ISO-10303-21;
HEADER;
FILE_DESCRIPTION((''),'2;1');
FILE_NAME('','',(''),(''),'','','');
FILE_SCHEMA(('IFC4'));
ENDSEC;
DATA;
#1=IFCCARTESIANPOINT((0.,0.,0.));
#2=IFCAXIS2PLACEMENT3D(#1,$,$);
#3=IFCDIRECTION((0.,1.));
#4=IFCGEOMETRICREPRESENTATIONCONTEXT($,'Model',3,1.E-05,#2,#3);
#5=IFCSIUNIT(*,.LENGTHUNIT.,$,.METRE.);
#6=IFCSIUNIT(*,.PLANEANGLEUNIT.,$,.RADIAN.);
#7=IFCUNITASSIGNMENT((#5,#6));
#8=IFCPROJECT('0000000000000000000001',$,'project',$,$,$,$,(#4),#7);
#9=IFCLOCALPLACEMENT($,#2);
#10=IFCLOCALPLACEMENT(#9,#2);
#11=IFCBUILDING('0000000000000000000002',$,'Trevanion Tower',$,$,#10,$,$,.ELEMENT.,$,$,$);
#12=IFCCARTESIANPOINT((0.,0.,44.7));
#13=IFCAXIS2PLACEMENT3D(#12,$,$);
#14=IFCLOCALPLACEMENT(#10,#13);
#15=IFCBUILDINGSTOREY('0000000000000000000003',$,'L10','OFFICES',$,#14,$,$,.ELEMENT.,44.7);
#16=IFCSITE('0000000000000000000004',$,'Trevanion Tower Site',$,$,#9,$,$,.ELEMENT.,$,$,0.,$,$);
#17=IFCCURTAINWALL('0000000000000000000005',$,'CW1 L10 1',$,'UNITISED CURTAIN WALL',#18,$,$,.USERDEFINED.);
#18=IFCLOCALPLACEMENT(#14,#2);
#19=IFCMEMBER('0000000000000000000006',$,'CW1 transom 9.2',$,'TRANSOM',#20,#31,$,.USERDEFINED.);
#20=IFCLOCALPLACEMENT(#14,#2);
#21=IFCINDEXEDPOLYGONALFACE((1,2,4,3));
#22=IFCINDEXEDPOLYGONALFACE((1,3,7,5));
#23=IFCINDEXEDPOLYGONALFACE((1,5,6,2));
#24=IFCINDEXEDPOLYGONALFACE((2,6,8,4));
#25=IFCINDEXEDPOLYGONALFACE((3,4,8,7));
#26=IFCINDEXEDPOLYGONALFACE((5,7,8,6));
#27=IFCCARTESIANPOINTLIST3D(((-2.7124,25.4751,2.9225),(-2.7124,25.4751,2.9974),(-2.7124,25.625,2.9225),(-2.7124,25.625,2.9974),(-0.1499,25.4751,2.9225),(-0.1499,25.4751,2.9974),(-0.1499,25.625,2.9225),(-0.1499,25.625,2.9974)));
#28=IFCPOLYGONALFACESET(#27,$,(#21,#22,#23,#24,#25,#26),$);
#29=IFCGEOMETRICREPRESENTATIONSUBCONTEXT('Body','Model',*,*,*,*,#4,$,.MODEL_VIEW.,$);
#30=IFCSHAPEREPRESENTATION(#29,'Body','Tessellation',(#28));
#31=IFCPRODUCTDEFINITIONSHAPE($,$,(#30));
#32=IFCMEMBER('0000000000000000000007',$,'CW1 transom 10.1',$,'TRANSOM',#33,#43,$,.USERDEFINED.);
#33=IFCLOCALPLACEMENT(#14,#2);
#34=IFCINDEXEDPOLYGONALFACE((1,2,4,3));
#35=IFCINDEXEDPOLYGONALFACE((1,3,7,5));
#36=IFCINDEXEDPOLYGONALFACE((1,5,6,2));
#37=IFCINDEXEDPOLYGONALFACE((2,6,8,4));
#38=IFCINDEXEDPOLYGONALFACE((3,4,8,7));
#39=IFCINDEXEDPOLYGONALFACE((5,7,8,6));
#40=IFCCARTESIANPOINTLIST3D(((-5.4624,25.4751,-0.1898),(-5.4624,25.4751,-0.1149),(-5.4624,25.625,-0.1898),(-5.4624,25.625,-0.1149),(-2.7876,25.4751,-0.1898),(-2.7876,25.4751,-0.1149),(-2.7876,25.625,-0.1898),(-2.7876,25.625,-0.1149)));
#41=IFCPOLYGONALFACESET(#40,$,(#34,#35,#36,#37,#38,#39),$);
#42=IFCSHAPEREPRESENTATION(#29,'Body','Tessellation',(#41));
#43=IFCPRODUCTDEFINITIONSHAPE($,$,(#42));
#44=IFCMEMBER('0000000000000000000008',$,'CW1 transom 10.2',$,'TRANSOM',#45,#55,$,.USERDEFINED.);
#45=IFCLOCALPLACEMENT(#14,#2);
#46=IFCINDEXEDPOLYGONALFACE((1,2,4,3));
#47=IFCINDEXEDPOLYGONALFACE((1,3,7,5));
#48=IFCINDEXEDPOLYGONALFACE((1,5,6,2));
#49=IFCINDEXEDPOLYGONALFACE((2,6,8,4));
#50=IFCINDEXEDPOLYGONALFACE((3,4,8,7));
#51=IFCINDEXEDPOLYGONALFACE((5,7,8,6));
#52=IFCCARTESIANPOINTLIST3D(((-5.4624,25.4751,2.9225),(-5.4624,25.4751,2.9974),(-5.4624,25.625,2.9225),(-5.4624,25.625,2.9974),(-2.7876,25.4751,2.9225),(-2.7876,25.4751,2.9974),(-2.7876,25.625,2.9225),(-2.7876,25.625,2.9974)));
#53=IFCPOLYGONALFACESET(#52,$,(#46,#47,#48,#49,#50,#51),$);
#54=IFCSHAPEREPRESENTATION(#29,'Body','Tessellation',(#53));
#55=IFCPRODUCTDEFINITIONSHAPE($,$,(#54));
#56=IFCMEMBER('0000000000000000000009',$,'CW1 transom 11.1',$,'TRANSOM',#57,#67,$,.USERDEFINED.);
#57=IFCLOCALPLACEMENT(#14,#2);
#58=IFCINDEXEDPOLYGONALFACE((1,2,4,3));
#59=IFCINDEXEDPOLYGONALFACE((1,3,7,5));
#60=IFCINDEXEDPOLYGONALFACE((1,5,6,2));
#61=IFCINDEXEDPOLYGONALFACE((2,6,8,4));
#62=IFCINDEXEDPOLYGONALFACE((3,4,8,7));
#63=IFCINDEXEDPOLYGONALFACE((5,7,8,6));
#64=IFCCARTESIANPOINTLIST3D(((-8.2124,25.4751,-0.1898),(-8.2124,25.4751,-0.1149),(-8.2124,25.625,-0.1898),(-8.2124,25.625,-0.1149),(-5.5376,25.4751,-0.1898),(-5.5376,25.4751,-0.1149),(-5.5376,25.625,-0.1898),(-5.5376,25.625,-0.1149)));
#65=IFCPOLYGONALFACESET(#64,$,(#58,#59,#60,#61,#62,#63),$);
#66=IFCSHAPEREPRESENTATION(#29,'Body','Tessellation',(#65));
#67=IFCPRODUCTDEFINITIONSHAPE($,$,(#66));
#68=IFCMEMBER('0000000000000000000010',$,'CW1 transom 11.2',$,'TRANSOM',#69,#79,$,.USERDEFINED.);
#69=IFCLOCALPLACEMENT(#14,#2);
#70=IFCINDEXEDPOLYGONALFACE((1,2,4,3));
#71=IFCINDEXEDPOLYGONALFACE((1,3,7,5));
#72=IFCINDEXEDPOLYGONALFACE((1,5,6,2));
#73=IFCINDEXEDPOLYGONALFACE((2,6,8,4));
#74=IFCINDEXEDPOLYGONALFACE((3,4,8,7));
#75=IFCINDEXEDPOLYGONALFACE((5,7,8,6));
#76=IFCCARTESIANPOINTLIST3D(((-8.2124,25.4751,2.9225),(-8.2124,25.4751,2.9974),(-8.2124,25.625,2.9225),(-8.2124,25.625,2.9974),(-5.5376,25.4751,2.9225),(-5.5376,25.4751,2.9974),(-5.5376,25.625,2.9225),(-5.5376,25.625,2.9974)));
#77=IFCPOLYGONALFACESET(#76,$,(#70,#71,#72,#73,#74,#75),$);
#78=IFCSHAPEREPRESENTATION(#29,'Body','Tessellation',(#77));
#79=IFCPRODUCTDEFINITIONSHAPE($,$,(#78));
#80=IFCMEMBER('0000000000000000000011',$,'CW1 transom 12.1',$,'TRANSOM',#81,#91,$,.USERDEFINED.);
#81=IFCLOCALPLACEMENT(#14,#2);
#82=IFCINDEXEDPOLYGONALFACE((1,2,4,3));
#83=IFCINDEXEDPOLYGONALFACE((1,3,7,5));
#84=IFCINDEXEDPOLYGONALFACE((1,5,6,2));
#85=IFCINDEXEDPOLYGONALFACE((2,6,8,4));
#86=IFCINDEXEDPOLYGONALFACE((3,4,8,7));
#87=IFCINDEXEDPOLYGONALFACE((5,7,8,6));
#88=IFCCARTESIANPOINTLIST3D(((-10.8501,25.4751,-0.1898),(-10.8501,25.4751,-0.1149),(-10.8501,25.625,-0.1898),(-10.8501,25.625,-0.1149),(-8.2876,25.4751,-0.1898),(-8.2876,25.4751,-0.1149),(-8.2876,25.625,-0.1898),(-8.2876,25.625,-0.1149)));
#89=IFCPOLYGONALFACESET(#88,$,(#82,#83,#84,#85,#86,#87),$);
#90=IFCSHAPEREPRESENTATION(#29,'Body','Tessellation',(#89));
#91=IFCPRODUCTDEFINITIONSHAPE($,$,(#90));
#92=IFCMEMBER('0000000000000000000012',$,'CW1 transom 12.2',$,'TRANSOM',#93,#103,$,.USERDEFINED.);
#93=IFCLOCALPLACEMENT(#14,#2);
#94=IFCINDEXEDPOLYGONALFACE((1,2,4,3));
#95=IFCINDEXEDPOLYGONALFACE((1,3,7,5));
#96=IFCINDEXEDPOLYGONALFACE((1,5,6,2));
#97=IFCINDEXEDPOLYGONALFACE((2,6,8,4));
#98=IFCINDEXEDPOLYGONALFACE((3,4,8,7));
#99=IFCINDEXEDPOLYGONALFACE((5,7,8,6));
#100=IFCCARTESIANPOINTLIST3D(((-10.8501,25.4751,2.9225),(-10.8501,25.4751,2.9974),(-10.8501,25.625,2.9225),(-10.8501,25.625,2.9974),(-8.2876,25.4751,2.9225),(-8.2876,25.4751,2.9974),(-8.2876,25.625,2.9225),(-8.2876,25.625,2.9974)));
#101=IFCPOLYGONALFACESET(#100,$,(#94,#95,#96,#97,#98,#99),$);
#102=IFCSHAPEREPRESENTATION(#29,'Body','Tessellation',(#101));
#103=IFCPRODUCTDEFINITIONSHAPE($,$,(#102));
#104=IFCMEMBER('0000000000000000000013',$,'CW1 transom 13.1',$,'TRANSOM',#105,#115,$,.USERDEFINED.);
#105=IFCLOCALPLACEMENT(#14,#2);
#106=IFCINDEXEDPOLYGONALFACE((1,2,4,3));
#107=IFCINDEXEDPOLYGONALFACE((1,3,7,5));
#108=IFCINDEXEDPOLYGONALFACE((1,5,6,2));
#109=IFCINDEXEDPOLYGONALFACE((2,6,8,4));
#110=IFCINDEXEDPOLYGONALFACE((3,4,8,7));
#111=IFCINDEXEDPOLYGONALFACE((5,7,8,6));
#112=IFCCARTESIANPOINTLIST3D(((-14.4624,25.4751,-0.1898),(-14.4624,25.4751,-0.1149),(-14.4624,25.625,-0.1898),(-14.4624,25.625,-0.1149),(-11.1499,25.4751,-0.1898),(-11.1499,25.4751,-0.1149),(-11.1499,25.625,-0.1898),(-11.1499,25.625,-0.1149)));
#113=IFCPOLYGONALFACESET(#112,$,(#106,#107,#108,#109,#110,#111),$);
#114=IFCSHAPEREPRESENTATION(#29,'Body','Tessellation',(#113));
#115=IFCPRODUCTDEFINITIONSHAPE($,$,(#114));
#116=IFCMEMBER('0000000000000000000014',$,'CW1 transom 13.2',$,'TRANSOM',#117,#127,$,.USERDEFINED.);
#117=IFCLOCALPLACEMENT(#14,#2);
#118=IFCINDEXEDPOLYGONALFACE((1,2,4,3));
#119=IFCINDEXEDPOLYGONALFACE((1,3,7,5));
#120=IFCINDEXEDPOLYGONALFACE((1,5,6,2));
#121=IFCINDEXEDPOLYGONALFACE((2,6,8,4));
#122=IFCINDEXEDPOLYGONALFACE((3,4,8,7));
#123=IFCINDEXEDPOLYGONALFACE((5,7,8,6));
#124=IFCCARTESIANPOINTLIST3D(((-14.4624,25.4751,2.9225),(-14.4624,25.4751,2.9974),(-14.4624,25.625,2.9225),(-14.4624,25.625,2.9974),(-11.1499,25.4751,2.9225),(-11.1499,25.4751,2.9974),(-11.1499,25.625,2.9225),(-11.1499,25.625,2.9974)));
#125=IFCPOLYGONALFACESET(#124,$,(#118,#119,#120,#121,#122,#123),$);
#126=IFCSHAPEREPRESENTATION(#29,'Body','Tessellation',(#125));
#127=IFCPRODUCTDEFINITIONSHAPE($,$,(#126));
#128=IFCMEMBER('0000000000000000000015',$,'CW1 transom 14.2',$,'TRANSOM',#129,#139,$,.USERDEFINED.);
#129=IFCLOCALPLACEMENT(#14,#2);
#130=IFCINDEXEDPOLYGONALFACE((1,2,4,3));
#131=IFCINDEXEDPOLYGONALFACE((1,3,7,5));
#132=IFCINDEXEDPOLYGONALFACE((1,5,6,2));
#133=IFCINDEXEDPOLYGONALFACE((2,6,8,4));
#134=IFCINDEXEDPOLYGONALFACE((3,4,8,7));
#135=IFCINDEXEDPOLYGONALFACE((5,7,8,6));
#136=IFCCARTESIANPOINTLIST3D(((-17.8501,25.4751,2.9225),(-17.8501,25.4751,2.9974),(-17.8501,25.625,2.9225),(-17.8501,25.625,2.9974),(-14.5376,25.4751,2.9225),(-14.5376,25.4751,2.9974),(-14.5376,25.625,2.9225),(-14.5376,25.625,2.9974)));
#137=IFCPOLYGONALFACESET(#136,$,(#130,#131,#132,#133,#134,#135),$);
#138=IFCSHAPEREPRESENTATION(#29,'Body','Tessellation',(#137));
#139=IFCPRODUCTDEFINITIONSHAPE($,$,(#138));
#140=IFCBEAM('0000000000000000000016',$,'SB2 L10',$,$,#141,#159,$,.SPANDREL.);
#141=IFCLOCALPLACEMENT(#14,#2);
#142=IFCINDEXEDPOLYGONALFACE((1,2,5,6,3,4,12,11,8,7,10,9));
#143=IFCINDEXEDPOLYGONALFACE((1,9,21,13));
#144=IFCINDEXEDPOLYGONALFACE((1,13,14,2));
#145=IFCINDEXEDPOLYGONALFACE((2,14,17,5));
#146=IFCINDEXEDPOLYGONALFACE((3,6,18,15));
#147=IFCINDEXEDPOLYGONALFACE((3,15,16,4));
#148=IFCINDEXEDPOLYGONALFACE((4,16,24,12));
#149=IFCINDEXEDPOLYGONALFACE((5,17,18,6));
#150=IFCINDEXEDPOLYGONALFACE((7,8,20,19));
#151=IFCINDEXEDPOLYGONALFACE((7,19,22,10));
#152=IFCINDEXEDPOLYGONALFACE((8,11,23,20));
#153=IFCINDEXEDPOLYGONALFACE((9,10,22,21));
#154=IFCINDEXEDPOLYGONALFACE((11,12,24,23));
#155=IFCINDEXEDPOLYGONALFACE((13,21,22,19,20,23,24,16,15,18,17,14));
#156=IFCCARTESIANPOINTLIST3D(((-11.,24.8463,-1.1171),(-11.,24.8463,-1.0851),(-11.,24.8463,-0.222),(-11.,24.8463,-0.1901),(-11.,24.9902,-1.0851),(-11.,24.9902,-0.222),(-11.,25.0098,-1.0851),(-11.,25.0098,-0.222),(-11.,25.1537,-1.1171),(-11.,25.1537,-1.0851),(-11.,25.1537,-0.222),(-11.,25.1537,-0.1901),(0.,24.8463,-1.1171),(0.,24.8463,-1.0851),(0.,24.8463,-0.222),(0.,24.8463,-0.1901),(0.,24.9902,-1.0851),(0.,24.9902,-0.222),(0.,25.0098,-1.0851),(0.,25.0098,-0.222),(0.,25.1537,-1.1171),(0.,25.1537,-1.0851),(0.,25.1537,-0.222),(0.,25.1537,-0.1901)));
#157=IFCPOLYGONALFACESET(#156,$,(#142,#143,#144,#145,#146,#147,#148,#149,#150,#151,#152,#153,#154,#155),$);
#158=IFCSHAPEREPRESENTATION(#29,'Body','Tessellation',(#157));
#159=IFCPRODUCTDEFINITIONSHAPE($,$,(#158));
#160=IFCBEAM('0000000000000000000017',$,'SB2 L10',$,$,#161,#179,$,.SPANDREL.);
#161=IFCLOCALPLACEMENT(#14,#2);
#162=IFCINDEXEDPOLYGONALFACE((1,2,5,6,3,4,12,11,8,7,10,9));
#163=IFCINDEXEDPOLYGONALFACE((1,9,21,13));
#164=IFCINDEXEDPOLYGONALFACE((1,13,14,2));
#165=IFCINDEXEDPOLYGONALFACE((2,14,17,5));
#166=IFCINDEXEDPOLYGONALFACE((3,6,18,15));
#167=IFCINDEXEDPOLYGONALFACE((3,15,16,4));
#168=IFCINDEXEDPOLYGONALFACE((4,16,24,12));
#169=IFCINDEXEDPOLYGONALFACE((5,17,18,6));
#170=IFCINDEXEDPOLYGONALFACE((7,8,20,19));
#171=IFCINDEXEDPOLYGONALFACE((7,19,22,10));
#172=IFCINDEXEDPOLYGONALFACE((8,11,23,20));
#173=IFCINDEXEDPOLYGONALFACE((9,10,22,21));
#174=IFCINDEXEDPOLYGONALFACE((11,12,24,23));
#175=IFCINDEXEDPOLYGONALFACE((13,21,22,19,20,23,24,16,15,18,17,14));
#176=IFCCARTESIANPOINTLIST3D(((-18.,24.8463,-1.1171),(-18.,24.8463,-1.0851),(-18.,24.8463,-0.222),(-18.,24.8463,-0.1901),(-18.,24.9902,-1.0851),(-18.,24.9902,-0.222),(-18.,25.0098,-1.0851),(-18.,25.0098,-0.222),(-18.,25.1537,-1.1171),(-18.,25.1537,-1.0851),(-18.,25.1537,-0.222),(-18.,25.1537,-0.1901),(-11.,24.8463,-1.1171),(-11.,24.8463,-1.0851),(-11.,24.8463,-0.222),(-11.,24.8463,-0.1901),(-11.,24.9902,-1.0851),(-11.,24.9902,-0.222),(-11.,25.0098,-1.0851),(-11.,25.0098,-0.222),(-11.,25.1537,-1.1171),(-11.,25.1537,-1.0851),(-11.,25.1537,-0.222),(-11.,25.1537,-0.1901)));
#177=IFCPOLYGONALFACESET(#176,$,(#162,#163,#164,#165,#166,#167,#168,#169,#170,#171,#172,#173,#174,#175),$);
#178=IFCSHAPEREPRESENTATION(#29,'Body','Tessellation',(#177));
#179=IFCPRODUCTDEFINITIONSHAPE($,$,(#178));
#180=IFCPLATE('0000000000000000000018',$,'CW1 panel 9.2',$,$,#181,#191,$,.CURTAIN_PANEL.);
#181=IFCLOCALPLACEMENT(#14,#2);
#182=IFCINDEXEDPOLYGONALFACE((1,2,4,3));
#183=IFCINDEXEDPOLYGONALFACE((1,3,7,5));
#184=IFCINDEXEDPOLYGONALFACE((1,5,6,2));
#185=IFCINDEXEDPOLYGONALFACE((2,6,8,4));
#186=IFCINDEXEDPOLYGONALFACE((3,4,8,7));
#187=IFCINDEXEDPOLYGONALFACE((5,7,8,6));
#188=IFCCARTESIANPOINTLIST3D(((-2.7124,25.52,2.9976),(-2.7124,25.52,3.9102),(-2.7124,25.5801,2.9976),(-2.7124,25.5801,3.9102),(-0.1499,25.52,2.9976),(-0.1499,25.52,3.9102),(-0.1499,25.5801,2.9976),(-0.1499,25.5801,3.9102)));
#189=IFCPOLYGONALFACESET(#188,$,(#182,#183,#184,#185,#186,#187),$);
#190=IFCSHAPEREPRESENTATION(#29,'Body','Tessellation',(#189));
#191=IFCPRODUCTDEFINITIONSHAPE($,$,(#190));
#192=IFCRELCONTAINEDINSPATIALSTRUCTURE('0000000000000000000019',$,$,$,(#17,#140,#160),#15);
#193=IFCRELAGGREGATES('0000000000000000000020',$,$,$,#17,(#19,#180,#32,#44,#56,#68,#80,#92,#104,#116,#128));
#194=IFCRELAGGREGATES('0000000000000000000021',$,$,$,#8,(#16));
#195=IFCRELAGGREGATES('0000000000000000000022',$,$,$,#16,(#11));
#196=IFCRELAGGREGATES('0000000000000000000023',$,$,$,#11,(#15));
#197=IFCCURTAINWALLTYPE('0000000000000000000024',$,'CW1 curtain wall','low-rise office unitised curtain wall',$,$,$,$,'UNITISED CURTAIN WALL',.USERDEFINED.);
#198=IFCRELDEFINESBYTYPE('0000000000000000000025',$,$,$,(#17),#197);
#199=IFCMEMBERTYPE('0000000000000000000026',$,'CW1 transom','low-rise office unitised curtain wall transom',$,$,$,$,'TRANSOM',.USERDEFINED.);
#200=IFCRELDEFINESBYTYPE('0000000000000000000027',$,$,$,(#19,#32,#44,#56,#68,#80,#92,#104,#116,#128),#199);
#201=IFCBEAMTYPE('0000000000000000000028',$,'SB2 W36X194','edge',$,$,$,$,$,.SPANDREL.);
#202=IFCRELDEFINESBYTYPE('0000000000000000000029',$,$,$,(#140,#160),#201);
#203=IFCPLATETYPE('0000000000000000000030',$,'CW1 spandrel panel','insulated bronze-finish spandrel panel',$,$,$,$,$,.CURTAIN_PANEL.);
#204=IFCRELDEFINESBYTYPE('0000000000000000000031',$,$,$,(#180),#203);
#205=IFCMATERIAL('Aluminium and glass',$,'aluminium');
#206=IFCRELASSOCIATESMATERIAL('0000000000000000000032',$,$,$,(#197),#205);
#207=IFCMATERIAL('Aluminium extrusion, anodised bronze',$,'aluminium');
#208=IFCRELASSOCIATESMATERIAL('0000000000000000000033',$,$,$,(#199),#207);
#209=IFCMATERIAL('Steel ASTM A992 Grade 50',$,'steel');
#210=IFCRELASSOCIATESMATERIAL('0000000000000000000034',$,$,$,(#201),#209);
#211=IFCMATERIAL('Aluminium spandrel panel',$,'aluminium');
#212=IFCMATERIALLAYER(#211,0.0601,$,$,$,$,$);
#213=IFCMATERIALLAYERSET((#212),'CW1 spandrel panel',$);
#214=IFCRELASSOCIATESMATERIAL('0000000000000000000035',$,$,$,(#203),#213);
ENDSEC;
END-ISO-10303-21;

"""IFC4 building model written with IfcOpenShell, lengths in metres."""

from ifc_helpers import new_model, si_unit, direction, frame, origin, origin_2d, place, context, subcontext, project, spatial, rectangle, i_section, extrude, material, layer, layer_set, material_profile, profile_set, type_object, element, aggregate, save


model = new_model("IFC4")

# Units and contexts
model_context = context("Model", 3, precision=1e-05, world=origin(), true_north=direction((0.0, 1.0)))
body_context = subcontext(model_context, "Body", "Model", "MODEL_VIEW")
ifc_project = project(units=[si_unit("LENGTHUNIT", "METRE"), si_unit("PLANEANGLEUNIT", "RADIAN")], contexts=[model_context])

# Site, building, storey
site_placement = place(None, origin())
site = spatial("IfcSite", under=ifc_project, at=site_placement, Name="Trevanion Tower Site", CompositionType="ELEMENT", RefElevation=0.0)
building_placement = place(site_placement, origin())
building = spatial("IfcBuilding", under=site, at=building_placement, Name="Trevanion Tower", CompositionType="ELEMENT")
storey_placement = place(building_placement, frame((0.0, 0.0, 44.7)))
storey = spatial("IfcBuildingStorey", under=building, at=storey_placement, Name="L10", Description="OFFICES", CompositionType="ELEMENT", Elevation=44.7)

# Curtain wall, members
ifc_material_1 = material(Name="Aluminium and glass", Category="aluminium")
curtain_wall_type = type_object("IfcCurtainWallType", Name="CW1 curtain wall", Description="low-rise office unitised curtain wall", ElementType="UNITISED CURTAIN WALL", PredefinedType="USERDEFINED", material=ifc_material_1)
curtain_wall_placement = place(storey_placement, origin())
curtain_wall = element("IfcCurtainWall", 1, at=curtain_wall_placement, inside=storey, type_object=curtain_wall_type, Name="CW1 L10 1", ObjectType="UNITISED CURTAIN WALL", PredefinedType="USERDEFINED")
ifc_material_2 = material(Name="Aluminium extrusion, anodised bronze", Category="aluminium")
ifc_material_profile_1 = material_profile(ifc_material_2, rectangle(XDim=0.1499, YDim=0.075, at=origin_2d()), Name="CW1 transom")
ifc_profile_set_1 = profile_set([ifc_material_profile_1], Name="Aluminium extrusion, anodised bronze")
member_type_1 = type_object("IfcMemberType", Name="CW1 transom", Description="low-rise office unitised curtain wall transom", ElementType="TRANSOM", PredefinedType="USERDEFINED", material=ifc_profile_set_1)
member_1_placement = place(storey_placement, frame((-0.1499, 25.55, 2.96), z_axis=(-1.0, 0.0, 0.0), x_axis=(0.0, -1.0, 0.0)))
member_1 = element("IfcMember", 2, at=member_1_placement, type_object=member_type_1, Name="CW1 transom 9.2", ObjectType="TRANSOM", PredefinedType="USERDEFINED", context=body_context, shape_type="SweptSolid", body=[
    extrude(rectangle(XDim=0.1499, YDim=0.075, at=origin_2d()), origin(), (0.0, 0.0, 1.0), 2.5625),
])
member_2_placement = place(storey_placement, frame((-2.7876, 25.55, -0.1523), z_axis=(-1.0, 0.0, 0.0), x_axis=(0.0, -1.0, 0.0)))
member_2 = element("IfcMember", 3, at=member_2_placement, type_object=member_type_1, Name="CW1 transom 10.1", ObjectType="TRANSOM", PredefinedType="USERDEFINED", context=body_context, shape_type="SweptSolid", body=[
    extrude(rectangle(XDim=0.1499, YDim=0.075, at=origin_2d()), origin(), (0.0, 0.0, 1.0), 2.6748),
])
member_3_placement = place(storey_placement, frame((-2.7876, 25.55, 2.96), z_axis=(-1.0, 0.0, 0.0), x_axis=(0.0, -1.0, 0.0)))
member_3 = element("IfcMember", 4, at=member_3_placement, type_object=member_type_1, Name="CW1 transom 10.2", ObjectType="TRANSOM", PredefinedType="USERDEFINED", context=body_context, shape_type="SweptSolid", body=[
    extrude(rectangle(XDim=0.1499, YDim=0.075, at=origin_2d()), origin(), (0.0, 0.0, 1.0), 2.6748),
])
member_4_placement = place(storey_placement, frame((-5.5376, 25.55, -0.1523), z_axis=(-1.0, 0.0, 0.0), x_axis=(0.0, -1.0, 0.0)))
member_4 = element("IfcMember", 5, at=member_4_placement, type_object=member_type_1, Name="CW1 transom 11.1", ObjectType="TRANSOM", PredefinedType="USERDEFINED", context=body_context, shape_type="SweptSolid", body=[
    extrude(rectangle(XDim=0.1499, YDim=0.075, at=origin_2d()), origin(), (0.0, 0.0, 1.0), 2.6748),
])
member_5_placement = place(storey_placement, frame((-5.5376, 25.55, 2.96), z_axis=(-1.0, 0.0, 0.0), x_axis=(0.0, -1.0, 0.0)))
member_5 = element("IfcMember", 6, at=member_5_placement, type_object=member_type_1, Name="CW1 transom 11.2", ObjectType="TRANSOM", PredefinedType="USERDEFINED", context=body_context, shape_type="SweptSolid", body=[
    extrude(rectangle(XDim=0.1499, YDim=0.075, at=origin_2d()), origin(), (0.0, 0.0, 1.0), 2.6748),
])
member_6_placement = place(storey_placement, frame((-8.2876, 25.55, -0.1523), z_axis=(-1.0, 0.0, 0.0), x_axis=(0.0, -1.0, 0.0)))
member_6 = element("IfcMember", 7, at=member_6_placement, type_object=member_type_1, Name="CW1 transom 12.1", ObjectType="TRANSOM", PredefinedType="USERDEFINED", context=body_context, shape_type="SweptSolid", body=[
    extrude(rectangle(XDim=0.1499, YDim=0.075, at=origin_2d()), origin(), (0.0, 0.0, 1.0), 2.5625),
])
member_7_placement = place(storey_placement, frame((-8.2876, 25.55, 2.96), z_axis=(-1.0, 0.0, 0.0), x_axis=(0.0, -1.0, 0.0)))
member_7 = element("IfcMember", 8, at=member_7_placement, type_object=member_type_1, Name="CW1 transom 12.2", ObjectType="TRANSOM", PredefinedType="USERDEFINED", context=body_context, shape_type="SweptSolid", body=[
    extrude(rectangle(XDim=0.1499, YDim=0.075, at=origin_2d()), origin(), (0.0, 0.0, 1.0), 2.5625),
])
member_8_placement = place(storey_placement, frame((-11.1499, 25.55, -0.1523), z_axis=(-1.0, 0.0, 0.0), x_axis=(0.0, -1.0, 0.0)))
member_8 = element("IfcMember", 9, at=member_8_placement, type_object=member_type_1, Name="CW1 transom 13.1", ObjectType="TRANSOM", PredefinedType="USERDEFINED", context=body_context, shape_type="SweptSolid", body=[
    extrude(rectangle(XDim=0.1499, YDim=0.075, at=origin_2d()), origin(), (0.0, 0.0, 1.0), 3.3125),
])
member_9_placement = place(storey_placement, frame((-11.1499, 25.55, 2.96), z_axis=(-1.0, 0.0, 0.0), x_axis=(0.0, -1.0, 0.0)))
member_9 = element("IfcMember", 10, at=member_9_placement, type_object=member_type_1, Name="CW1 transom 13.2", ObjectType="TRANSOM", PredefinedType="USERDEFINED", context=body_context, shape_type="SweptSolid", body=[
    extrude(rectangle(XDim=0.1499, YDim=0.075, at=origin_2d()), origin(), (0.0, 0.0, 1.0), 3.3125),
])
member_10_placement = place(storey_placement, frame((-14.5376, 25.55, 2.96), z_axis=(-1.0, 0.0, 0.0), x_axis=(0.0, -1.0, 0.0)))
member_10 = element("IfcMember", 11, at=member_10_placement, type_object=member_type_1, Name="CW1 transom 14.2", ObjectType="TRANSOM", PredefinedType="USERDEFINED", context=body_context, shape_type="SweptSolid", body=[
    extrude(rectangle(XDim=0.1499, YDim=0.075, at=origin_2d()), origin(), (0.0, 0.0, 1.0), 3.3125),
])

# Beams
ifc_material_3 = material(Name="Steel ASTM A992 Grade 50", Category="steel")
ifc_material_profile_2 = material_profile(ifc_material_3, i_section(OverallWidth=0.3074, OverallDepth=0.927, WebThickness=0.0195, FlangeThickness=0.032, at=origin_2d()), Name="W36X194")
ifc_profile_set_2 = profile_set([ifc_material_profile_2], Name="Steel ASTM A992 Grade 50")
beam_type_1 = type_object("IfcBeamType", Name="SB2 W36X194", Description="edge", PredefinedType="SPANDREL", material=ifc_profile_set_2)
beam_1_placement = place(storey_placement, frame((0.0, 25.0, -0.6536), z_axis=(-1.0, 0.0, 0.0), x_axis=(0.0, -1.0, 0.0)))
element("IfcBeam", 12, at=beam_1_placement, inside=storey, type_object=beam_type_1, Name="SB2 L10", PredefinedType="SPANDREL", context=body_context, shape_type="SweptSolid", body=[
    extrude(i_section(OverallWidth=0.3074, OverallDepth=0.927, WebThickness=0.0195, FlangeThickness=0.032, at=origin_2d()), origin(), (0.0, 0.0, 1.0), 11.0),
])
beam_2_placement = place(storey_placement, frame((-11.0, 25.0, -0.6536), z_axis=(-1.0, 0.0, 0.0), x_axis=(0.0, -1.0, 0.0)))
element("IfcBeam", 13, at=beam_2_placement, inside=storey, type_object=beam_type_1, Name="SB2 L10", PredefinedType="SPANDREL", context=body_context, shape_type="SweptSolid", body=[
    extrude(i_section(OverallWidth=0.3074, OverallDepth=0.927, WebThickness=0.0195, FlangeThickness=0.032, at=origin_2d()), origin(), (0.0, 0.0, 1.0), 7.0),
])

# Plate
ifc_material_4 = material(Name="Aluminium spandrel panel", Category="aluminium")
ifc_layer_1 = layer(ifc_material_4, 0.0601)
ifc_layer_set_1 = layer_set([ifc_layer_1], Name="CW1 spandrel panel")
plate_type_1 = type_object("IfcPlateType", Name="CW1 spandrel panel", Description="insulated bronze-finish spandrel panel", PredefinedType="CURTAIN_PANEL", material=ifc_layer_set_1)
plate_1_placement = place(storey_placement, frame((-1.4312, 25.55, 2.9976), z_axis=(0.0, 0.0, 1.0), x_axis=(-1.0, 0.0, 0.0)))
plate_1 = element("IfcPlate", 14, at=plate_1_placement, type_object=plate_type_1, Name="CW1 panel 9.2", PredefinedType="CURTAIN_PANEL", context=body_context, shape_type="SweptSolid", body=[
    extrude(rectangle(XDim=2.5625, YDim=0.0601, at=origin_2d()), origin(), (0.0, 0.0, 1.0), 0.9126),
])
aggregate(curtain_wall, [member_1, plate_1, member_2, member_3, member_4, member_5, member_6, member_7, member_8, member_9, member_10])

save(model, "model.ifc")
